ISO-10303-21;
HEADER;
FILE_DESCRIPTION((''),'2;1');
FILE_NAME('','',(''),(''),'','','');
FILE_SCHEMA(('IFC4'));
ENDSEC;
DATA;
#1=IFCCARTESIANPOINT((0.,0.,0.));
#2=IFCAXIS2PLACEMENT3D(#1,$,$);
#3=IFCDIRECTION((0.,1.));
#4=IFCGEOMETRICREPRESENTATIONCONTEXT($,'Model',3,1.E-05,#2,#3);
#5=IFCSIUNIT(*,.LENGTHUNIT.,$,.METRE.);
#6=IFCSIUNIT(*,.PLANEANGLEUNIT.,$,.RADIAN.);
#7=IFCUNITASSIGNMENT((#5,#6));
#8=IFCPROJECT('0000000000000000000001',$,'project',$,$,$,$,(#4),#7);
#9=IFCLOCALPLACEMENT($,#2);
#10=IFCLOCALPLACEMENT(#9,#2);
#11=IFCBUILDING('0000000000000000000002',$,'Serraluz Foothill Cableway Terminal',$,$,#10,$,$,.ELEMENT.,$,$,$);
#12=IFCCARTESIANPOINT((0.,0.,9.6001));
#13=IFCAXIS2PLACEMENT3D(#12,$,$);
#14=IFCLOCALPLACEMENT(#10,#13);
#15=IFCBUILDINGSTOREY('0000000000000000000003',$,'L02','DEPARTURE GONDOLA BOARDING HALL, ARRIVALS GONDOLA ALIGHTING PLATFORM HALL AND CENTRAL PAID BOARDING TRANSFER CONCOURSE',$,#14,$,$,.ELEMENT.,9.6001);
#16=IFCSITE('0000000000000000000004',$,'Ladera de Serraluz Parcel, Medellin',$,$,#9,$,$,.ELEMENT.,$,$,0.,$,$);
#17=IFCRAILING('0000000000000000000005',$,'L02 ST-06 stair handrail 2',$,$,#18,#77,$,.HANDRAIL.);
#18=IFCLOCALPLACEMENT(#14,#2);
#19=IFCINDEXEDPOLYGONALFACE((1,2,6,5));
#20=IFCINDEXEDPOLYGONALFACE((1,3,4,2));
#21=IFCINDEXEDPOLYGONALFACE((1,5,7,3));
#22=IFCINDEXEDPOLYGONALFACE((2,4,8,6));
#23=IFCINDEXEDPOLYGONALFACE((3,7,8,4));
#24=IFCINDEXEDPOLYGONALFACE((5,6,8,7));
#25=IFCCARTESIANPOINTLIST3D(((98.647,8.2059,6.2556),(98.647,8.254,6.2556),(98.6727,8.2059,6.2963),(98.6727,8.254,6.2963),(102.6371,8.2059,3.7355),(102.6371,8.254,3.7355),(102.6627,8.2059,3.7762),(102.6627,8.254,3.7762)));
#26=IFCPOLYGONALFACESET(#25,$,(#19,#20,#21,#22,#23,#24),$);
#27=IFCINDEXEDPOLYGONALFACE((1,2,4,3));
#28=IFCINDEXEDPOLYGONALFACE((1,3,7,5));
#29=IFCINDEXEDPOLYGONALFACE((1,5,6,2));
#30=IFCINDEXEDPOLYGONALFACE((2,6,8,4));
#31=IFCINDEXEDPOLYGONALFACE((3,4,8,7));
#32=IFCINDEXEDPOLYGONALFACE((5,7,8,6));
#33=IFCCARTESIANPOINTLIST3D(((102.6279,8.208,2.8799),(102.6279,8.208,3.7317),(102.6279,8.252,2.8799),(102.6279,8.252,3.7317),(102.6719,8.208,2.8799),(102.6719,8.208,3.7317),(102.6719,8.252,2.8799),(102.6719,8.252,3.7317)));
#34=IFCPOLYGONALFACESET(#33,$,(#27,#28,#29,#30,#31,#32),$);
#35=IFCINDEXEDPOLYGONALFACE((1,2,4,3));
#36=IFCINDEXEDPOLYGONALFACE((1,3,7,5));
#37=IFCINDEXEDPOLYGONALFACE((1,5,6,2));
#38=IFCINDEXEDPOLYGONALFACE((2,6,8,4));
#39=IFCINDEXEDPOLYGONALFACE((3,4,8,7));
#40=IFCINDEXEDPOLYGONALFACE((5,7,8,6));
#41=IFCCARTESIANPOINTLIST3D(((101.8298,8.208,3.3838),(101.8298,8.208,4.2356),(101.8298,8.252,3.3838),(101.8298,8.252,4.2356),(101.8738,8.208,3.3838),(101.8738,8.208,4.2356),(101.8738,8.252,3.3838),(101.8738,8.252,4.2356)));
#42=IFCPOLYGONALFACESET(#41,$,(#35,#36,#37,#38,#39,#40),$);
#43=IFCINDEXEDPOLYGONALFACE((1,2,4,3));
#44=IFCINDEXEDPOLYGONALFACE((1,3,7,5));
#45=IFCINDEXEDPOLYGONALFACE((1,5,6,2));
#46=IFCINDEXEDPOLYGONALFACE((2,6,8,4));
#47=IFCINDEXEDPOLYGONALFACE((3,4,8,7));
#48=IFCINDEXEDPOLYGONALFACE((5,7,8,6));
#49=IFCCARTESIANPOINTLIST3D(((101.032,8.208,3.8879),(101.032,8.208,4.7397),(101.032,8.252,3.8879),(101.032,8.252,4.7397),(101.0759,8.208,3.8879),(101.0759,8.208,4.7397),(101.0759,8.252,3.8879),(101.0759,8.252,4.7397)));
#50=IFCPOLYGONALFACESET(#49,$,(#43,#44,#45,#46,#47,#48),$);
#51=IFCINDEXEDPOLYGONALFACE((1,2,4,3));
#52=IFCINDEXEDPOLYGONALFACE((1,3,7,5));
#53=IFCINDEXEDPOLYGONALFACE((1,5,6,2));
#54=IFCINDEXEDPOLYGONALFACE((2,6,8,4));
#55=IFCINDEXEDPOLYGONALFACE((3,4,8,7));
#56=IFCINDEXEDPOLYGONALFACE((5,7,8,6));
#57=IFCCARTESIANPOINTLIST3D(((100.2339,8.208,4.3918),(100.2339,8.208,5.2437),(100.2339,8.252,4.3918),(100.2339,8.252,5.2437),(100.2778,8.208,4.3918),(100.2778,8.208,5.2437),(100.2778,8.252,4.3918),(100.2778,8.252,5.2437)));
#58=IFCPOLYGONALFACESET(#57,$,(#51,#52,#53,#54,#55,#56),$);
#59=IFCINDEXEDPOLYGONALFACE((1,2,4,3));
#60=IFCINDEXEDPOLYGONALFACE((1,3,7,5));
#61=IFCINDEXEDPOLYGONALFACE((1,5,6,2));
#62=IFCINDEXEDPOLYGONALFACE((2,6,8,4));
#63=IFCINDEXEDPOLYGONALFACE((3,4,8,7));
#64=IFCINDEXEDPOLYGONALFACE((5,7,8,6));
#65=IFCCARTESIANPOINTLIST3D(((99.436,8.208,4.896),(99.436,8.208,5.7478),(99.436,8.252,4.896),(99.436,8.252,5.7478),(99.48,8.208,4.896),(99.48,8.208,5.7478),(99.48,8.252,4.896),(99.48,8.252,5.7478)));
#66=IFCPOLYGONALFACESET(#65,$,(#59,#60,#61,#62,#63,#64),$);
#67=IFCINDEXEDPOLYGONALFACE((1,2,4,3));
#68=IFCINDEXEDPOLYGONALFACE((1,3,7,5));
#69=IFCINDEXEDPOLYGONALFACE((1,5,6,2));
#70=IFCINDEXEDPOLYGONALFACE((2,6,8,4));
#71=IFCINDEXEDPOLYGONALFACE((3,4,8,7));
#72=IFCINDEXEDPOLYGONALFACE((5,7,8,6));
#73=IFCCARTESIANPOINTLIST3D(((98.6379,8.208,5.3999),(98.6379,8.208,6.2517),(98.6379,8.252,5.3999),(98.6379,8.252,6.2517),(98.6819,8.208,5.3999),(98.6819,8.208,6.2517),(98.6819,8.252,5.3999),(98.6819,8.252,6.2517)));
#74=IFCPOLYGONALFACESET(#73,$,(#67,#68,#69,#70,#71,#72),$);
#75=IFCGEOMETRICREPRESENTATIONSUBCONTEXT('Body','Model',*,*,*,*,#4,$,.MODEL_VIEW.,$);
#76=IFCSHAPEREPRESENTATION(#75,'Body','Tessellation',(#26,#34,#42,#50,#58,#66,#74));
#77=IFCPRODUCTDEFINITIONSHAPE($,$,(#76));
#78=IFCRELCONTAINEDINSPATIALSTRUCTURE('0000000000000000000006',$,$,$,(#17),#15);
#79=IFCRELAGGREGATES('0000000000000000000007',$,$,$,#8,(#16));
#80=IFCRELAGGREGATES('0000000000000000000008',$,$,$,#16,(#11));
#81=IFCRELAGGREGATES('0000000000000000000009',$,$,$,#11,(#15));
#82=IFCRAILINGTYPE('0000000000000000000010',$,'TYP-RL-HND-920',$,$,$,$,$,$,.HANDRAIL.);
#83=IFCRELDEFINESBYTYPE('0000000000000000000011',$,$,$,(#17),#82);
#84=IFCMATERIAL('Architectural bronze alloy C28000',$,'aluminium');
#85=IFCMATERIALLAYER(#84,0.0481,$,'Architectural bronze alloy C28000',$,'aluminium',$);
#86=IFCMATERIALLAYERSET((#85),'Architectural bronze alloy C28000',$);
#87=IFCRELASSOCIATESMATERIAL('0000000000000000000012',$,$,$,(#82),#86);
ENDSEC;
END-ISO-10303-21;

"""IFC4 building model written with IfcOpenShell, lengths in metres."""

from ifc_helpers import new_model, si_unit, direction, frame, origin, origin_2d, place, context, subcontext, project, spatial, rectangle, extrude, material, layer, layer_set, type_object, element, save


model = new_model("IFC4")

# Units and contexts
model_context = context("Model", 3, precision=1e-05, world=origin(), true_north=direction((0.0, 1.0)))
body_context = subcontext(model_context, "Body", "Model", "MODEL_VIEW")
ifc_project = project(units=[si_unit("LENGTHUNIT", "METRE"), si_unit("PLANEANGLEUNIT", "RADIAN")], contexts=[model_context])

# Site, building, storey
site_placement = place(None, origin())
site = spatial("IfcSite", under=ifc_project, at=site_placement, Name="Ladera de Serraluz Parcel, Medellin", CompositionType="ELEMENT", RefElevation=0.0)
building_placement = place(site_placement, origin())
building = spatial("IfcBuilding", under=site, at=building_placement, Name="Serraluz Foothill Cableway Terminal", CompositionType="ELEMENT")
storey_placement = place(building_placement, frame((0.0, 0.0, 9.6001)))
storey = spatial("IfcBuildingStorey", under=building, at=storey_placement, Name="L02", Description="DEPARTURE GONDOLA BOARDING HALL, ARRIVALS GONDOLA ALIGHTING PLATFORM HALL AND CENTRAL PAID BOARDING TRANSFER CONCOURSE", CompositionType="ELEMENT", Elevation=9.6001)

# Railing
ifc_material_1 = material(Name="Architectural bronze alloy C28000", Category="aluminium")
ifc_layer_1 = layer(ifc_material_1, 0.0481, Name="Architectural bronze alloy C28000", Category="aluminium")
ifc_layer_set_1 = layer_set([ifc_layer_1], Name="Architectural bronze alloy C28000")
railing_type_1 = type_object("IfcRailingType", Name="TYP-RL-HND-920", PredefinedType="HANDRAIL", material=ifc_layer_set_1)
railing_1_placement = place(storey_placement, frame((102.6499, 8.23, 2.8799)))
element("IfcRailing", 1, at=railing_1_placement, inside=storey, type_object=railing_type_1, Name="L02 ST-06 stair handrail 2", PredefinedType="HANDRAIL", context=body_context, shape_type="SweptSolid", body=[
    extrude(rectangle(XDim=0.0481, YDim=0.0481, at=origin_2d()), frame((0.0, 0.0, 0.876), z_axis=(-0.845486, 0.0, 0.533997), x_axis=(0.0, -1.0, 0.0)), (0.0, 0.0, 1.0), 4.7192),
    extrude(rectangle(XDim=0.0439, YDim=0.0439, at=origin_2d()), origin(), (0.0, 0.0, 1.0), 0.8518),
    extrude(rectangle(XDim=0.0439, YDim=0.0439, at=origin_2d()), frame((-0.7981, 0.0, 0.5039)), (0.0, 0.0, 1.0), 0.8518),
    extrude(rectangle(XDim=0.0439, YDim=0.0439, at=origin_2d()), frame((-1.5959, 0.0, 1.0081)), (0.0, 0.0, 1.0), 0.8518),
    extrude(rectangle(XDim=0.0439, YDim=0.0439, at=origin_2d()), frame((-2.394, 0.0, 1.512)), (0.0, 0.0, 1.0), 0.8518),
    extrude(rectangle(XDim=0.0439, YDim=0.0439, at=origin_2d()), frame((-3.1919, 0.0, 2.0161)), (0.0, 0.0, 1.0), 0.8518),
    extrude(rectangle(XDim=0.0439, YDim=0.0439, at=origin_2d()), frame((-3.99, 0.0, 2.52)), (0.0, 0.0, 1.0), 0.8518),
])

save(model, "model.ifc")
